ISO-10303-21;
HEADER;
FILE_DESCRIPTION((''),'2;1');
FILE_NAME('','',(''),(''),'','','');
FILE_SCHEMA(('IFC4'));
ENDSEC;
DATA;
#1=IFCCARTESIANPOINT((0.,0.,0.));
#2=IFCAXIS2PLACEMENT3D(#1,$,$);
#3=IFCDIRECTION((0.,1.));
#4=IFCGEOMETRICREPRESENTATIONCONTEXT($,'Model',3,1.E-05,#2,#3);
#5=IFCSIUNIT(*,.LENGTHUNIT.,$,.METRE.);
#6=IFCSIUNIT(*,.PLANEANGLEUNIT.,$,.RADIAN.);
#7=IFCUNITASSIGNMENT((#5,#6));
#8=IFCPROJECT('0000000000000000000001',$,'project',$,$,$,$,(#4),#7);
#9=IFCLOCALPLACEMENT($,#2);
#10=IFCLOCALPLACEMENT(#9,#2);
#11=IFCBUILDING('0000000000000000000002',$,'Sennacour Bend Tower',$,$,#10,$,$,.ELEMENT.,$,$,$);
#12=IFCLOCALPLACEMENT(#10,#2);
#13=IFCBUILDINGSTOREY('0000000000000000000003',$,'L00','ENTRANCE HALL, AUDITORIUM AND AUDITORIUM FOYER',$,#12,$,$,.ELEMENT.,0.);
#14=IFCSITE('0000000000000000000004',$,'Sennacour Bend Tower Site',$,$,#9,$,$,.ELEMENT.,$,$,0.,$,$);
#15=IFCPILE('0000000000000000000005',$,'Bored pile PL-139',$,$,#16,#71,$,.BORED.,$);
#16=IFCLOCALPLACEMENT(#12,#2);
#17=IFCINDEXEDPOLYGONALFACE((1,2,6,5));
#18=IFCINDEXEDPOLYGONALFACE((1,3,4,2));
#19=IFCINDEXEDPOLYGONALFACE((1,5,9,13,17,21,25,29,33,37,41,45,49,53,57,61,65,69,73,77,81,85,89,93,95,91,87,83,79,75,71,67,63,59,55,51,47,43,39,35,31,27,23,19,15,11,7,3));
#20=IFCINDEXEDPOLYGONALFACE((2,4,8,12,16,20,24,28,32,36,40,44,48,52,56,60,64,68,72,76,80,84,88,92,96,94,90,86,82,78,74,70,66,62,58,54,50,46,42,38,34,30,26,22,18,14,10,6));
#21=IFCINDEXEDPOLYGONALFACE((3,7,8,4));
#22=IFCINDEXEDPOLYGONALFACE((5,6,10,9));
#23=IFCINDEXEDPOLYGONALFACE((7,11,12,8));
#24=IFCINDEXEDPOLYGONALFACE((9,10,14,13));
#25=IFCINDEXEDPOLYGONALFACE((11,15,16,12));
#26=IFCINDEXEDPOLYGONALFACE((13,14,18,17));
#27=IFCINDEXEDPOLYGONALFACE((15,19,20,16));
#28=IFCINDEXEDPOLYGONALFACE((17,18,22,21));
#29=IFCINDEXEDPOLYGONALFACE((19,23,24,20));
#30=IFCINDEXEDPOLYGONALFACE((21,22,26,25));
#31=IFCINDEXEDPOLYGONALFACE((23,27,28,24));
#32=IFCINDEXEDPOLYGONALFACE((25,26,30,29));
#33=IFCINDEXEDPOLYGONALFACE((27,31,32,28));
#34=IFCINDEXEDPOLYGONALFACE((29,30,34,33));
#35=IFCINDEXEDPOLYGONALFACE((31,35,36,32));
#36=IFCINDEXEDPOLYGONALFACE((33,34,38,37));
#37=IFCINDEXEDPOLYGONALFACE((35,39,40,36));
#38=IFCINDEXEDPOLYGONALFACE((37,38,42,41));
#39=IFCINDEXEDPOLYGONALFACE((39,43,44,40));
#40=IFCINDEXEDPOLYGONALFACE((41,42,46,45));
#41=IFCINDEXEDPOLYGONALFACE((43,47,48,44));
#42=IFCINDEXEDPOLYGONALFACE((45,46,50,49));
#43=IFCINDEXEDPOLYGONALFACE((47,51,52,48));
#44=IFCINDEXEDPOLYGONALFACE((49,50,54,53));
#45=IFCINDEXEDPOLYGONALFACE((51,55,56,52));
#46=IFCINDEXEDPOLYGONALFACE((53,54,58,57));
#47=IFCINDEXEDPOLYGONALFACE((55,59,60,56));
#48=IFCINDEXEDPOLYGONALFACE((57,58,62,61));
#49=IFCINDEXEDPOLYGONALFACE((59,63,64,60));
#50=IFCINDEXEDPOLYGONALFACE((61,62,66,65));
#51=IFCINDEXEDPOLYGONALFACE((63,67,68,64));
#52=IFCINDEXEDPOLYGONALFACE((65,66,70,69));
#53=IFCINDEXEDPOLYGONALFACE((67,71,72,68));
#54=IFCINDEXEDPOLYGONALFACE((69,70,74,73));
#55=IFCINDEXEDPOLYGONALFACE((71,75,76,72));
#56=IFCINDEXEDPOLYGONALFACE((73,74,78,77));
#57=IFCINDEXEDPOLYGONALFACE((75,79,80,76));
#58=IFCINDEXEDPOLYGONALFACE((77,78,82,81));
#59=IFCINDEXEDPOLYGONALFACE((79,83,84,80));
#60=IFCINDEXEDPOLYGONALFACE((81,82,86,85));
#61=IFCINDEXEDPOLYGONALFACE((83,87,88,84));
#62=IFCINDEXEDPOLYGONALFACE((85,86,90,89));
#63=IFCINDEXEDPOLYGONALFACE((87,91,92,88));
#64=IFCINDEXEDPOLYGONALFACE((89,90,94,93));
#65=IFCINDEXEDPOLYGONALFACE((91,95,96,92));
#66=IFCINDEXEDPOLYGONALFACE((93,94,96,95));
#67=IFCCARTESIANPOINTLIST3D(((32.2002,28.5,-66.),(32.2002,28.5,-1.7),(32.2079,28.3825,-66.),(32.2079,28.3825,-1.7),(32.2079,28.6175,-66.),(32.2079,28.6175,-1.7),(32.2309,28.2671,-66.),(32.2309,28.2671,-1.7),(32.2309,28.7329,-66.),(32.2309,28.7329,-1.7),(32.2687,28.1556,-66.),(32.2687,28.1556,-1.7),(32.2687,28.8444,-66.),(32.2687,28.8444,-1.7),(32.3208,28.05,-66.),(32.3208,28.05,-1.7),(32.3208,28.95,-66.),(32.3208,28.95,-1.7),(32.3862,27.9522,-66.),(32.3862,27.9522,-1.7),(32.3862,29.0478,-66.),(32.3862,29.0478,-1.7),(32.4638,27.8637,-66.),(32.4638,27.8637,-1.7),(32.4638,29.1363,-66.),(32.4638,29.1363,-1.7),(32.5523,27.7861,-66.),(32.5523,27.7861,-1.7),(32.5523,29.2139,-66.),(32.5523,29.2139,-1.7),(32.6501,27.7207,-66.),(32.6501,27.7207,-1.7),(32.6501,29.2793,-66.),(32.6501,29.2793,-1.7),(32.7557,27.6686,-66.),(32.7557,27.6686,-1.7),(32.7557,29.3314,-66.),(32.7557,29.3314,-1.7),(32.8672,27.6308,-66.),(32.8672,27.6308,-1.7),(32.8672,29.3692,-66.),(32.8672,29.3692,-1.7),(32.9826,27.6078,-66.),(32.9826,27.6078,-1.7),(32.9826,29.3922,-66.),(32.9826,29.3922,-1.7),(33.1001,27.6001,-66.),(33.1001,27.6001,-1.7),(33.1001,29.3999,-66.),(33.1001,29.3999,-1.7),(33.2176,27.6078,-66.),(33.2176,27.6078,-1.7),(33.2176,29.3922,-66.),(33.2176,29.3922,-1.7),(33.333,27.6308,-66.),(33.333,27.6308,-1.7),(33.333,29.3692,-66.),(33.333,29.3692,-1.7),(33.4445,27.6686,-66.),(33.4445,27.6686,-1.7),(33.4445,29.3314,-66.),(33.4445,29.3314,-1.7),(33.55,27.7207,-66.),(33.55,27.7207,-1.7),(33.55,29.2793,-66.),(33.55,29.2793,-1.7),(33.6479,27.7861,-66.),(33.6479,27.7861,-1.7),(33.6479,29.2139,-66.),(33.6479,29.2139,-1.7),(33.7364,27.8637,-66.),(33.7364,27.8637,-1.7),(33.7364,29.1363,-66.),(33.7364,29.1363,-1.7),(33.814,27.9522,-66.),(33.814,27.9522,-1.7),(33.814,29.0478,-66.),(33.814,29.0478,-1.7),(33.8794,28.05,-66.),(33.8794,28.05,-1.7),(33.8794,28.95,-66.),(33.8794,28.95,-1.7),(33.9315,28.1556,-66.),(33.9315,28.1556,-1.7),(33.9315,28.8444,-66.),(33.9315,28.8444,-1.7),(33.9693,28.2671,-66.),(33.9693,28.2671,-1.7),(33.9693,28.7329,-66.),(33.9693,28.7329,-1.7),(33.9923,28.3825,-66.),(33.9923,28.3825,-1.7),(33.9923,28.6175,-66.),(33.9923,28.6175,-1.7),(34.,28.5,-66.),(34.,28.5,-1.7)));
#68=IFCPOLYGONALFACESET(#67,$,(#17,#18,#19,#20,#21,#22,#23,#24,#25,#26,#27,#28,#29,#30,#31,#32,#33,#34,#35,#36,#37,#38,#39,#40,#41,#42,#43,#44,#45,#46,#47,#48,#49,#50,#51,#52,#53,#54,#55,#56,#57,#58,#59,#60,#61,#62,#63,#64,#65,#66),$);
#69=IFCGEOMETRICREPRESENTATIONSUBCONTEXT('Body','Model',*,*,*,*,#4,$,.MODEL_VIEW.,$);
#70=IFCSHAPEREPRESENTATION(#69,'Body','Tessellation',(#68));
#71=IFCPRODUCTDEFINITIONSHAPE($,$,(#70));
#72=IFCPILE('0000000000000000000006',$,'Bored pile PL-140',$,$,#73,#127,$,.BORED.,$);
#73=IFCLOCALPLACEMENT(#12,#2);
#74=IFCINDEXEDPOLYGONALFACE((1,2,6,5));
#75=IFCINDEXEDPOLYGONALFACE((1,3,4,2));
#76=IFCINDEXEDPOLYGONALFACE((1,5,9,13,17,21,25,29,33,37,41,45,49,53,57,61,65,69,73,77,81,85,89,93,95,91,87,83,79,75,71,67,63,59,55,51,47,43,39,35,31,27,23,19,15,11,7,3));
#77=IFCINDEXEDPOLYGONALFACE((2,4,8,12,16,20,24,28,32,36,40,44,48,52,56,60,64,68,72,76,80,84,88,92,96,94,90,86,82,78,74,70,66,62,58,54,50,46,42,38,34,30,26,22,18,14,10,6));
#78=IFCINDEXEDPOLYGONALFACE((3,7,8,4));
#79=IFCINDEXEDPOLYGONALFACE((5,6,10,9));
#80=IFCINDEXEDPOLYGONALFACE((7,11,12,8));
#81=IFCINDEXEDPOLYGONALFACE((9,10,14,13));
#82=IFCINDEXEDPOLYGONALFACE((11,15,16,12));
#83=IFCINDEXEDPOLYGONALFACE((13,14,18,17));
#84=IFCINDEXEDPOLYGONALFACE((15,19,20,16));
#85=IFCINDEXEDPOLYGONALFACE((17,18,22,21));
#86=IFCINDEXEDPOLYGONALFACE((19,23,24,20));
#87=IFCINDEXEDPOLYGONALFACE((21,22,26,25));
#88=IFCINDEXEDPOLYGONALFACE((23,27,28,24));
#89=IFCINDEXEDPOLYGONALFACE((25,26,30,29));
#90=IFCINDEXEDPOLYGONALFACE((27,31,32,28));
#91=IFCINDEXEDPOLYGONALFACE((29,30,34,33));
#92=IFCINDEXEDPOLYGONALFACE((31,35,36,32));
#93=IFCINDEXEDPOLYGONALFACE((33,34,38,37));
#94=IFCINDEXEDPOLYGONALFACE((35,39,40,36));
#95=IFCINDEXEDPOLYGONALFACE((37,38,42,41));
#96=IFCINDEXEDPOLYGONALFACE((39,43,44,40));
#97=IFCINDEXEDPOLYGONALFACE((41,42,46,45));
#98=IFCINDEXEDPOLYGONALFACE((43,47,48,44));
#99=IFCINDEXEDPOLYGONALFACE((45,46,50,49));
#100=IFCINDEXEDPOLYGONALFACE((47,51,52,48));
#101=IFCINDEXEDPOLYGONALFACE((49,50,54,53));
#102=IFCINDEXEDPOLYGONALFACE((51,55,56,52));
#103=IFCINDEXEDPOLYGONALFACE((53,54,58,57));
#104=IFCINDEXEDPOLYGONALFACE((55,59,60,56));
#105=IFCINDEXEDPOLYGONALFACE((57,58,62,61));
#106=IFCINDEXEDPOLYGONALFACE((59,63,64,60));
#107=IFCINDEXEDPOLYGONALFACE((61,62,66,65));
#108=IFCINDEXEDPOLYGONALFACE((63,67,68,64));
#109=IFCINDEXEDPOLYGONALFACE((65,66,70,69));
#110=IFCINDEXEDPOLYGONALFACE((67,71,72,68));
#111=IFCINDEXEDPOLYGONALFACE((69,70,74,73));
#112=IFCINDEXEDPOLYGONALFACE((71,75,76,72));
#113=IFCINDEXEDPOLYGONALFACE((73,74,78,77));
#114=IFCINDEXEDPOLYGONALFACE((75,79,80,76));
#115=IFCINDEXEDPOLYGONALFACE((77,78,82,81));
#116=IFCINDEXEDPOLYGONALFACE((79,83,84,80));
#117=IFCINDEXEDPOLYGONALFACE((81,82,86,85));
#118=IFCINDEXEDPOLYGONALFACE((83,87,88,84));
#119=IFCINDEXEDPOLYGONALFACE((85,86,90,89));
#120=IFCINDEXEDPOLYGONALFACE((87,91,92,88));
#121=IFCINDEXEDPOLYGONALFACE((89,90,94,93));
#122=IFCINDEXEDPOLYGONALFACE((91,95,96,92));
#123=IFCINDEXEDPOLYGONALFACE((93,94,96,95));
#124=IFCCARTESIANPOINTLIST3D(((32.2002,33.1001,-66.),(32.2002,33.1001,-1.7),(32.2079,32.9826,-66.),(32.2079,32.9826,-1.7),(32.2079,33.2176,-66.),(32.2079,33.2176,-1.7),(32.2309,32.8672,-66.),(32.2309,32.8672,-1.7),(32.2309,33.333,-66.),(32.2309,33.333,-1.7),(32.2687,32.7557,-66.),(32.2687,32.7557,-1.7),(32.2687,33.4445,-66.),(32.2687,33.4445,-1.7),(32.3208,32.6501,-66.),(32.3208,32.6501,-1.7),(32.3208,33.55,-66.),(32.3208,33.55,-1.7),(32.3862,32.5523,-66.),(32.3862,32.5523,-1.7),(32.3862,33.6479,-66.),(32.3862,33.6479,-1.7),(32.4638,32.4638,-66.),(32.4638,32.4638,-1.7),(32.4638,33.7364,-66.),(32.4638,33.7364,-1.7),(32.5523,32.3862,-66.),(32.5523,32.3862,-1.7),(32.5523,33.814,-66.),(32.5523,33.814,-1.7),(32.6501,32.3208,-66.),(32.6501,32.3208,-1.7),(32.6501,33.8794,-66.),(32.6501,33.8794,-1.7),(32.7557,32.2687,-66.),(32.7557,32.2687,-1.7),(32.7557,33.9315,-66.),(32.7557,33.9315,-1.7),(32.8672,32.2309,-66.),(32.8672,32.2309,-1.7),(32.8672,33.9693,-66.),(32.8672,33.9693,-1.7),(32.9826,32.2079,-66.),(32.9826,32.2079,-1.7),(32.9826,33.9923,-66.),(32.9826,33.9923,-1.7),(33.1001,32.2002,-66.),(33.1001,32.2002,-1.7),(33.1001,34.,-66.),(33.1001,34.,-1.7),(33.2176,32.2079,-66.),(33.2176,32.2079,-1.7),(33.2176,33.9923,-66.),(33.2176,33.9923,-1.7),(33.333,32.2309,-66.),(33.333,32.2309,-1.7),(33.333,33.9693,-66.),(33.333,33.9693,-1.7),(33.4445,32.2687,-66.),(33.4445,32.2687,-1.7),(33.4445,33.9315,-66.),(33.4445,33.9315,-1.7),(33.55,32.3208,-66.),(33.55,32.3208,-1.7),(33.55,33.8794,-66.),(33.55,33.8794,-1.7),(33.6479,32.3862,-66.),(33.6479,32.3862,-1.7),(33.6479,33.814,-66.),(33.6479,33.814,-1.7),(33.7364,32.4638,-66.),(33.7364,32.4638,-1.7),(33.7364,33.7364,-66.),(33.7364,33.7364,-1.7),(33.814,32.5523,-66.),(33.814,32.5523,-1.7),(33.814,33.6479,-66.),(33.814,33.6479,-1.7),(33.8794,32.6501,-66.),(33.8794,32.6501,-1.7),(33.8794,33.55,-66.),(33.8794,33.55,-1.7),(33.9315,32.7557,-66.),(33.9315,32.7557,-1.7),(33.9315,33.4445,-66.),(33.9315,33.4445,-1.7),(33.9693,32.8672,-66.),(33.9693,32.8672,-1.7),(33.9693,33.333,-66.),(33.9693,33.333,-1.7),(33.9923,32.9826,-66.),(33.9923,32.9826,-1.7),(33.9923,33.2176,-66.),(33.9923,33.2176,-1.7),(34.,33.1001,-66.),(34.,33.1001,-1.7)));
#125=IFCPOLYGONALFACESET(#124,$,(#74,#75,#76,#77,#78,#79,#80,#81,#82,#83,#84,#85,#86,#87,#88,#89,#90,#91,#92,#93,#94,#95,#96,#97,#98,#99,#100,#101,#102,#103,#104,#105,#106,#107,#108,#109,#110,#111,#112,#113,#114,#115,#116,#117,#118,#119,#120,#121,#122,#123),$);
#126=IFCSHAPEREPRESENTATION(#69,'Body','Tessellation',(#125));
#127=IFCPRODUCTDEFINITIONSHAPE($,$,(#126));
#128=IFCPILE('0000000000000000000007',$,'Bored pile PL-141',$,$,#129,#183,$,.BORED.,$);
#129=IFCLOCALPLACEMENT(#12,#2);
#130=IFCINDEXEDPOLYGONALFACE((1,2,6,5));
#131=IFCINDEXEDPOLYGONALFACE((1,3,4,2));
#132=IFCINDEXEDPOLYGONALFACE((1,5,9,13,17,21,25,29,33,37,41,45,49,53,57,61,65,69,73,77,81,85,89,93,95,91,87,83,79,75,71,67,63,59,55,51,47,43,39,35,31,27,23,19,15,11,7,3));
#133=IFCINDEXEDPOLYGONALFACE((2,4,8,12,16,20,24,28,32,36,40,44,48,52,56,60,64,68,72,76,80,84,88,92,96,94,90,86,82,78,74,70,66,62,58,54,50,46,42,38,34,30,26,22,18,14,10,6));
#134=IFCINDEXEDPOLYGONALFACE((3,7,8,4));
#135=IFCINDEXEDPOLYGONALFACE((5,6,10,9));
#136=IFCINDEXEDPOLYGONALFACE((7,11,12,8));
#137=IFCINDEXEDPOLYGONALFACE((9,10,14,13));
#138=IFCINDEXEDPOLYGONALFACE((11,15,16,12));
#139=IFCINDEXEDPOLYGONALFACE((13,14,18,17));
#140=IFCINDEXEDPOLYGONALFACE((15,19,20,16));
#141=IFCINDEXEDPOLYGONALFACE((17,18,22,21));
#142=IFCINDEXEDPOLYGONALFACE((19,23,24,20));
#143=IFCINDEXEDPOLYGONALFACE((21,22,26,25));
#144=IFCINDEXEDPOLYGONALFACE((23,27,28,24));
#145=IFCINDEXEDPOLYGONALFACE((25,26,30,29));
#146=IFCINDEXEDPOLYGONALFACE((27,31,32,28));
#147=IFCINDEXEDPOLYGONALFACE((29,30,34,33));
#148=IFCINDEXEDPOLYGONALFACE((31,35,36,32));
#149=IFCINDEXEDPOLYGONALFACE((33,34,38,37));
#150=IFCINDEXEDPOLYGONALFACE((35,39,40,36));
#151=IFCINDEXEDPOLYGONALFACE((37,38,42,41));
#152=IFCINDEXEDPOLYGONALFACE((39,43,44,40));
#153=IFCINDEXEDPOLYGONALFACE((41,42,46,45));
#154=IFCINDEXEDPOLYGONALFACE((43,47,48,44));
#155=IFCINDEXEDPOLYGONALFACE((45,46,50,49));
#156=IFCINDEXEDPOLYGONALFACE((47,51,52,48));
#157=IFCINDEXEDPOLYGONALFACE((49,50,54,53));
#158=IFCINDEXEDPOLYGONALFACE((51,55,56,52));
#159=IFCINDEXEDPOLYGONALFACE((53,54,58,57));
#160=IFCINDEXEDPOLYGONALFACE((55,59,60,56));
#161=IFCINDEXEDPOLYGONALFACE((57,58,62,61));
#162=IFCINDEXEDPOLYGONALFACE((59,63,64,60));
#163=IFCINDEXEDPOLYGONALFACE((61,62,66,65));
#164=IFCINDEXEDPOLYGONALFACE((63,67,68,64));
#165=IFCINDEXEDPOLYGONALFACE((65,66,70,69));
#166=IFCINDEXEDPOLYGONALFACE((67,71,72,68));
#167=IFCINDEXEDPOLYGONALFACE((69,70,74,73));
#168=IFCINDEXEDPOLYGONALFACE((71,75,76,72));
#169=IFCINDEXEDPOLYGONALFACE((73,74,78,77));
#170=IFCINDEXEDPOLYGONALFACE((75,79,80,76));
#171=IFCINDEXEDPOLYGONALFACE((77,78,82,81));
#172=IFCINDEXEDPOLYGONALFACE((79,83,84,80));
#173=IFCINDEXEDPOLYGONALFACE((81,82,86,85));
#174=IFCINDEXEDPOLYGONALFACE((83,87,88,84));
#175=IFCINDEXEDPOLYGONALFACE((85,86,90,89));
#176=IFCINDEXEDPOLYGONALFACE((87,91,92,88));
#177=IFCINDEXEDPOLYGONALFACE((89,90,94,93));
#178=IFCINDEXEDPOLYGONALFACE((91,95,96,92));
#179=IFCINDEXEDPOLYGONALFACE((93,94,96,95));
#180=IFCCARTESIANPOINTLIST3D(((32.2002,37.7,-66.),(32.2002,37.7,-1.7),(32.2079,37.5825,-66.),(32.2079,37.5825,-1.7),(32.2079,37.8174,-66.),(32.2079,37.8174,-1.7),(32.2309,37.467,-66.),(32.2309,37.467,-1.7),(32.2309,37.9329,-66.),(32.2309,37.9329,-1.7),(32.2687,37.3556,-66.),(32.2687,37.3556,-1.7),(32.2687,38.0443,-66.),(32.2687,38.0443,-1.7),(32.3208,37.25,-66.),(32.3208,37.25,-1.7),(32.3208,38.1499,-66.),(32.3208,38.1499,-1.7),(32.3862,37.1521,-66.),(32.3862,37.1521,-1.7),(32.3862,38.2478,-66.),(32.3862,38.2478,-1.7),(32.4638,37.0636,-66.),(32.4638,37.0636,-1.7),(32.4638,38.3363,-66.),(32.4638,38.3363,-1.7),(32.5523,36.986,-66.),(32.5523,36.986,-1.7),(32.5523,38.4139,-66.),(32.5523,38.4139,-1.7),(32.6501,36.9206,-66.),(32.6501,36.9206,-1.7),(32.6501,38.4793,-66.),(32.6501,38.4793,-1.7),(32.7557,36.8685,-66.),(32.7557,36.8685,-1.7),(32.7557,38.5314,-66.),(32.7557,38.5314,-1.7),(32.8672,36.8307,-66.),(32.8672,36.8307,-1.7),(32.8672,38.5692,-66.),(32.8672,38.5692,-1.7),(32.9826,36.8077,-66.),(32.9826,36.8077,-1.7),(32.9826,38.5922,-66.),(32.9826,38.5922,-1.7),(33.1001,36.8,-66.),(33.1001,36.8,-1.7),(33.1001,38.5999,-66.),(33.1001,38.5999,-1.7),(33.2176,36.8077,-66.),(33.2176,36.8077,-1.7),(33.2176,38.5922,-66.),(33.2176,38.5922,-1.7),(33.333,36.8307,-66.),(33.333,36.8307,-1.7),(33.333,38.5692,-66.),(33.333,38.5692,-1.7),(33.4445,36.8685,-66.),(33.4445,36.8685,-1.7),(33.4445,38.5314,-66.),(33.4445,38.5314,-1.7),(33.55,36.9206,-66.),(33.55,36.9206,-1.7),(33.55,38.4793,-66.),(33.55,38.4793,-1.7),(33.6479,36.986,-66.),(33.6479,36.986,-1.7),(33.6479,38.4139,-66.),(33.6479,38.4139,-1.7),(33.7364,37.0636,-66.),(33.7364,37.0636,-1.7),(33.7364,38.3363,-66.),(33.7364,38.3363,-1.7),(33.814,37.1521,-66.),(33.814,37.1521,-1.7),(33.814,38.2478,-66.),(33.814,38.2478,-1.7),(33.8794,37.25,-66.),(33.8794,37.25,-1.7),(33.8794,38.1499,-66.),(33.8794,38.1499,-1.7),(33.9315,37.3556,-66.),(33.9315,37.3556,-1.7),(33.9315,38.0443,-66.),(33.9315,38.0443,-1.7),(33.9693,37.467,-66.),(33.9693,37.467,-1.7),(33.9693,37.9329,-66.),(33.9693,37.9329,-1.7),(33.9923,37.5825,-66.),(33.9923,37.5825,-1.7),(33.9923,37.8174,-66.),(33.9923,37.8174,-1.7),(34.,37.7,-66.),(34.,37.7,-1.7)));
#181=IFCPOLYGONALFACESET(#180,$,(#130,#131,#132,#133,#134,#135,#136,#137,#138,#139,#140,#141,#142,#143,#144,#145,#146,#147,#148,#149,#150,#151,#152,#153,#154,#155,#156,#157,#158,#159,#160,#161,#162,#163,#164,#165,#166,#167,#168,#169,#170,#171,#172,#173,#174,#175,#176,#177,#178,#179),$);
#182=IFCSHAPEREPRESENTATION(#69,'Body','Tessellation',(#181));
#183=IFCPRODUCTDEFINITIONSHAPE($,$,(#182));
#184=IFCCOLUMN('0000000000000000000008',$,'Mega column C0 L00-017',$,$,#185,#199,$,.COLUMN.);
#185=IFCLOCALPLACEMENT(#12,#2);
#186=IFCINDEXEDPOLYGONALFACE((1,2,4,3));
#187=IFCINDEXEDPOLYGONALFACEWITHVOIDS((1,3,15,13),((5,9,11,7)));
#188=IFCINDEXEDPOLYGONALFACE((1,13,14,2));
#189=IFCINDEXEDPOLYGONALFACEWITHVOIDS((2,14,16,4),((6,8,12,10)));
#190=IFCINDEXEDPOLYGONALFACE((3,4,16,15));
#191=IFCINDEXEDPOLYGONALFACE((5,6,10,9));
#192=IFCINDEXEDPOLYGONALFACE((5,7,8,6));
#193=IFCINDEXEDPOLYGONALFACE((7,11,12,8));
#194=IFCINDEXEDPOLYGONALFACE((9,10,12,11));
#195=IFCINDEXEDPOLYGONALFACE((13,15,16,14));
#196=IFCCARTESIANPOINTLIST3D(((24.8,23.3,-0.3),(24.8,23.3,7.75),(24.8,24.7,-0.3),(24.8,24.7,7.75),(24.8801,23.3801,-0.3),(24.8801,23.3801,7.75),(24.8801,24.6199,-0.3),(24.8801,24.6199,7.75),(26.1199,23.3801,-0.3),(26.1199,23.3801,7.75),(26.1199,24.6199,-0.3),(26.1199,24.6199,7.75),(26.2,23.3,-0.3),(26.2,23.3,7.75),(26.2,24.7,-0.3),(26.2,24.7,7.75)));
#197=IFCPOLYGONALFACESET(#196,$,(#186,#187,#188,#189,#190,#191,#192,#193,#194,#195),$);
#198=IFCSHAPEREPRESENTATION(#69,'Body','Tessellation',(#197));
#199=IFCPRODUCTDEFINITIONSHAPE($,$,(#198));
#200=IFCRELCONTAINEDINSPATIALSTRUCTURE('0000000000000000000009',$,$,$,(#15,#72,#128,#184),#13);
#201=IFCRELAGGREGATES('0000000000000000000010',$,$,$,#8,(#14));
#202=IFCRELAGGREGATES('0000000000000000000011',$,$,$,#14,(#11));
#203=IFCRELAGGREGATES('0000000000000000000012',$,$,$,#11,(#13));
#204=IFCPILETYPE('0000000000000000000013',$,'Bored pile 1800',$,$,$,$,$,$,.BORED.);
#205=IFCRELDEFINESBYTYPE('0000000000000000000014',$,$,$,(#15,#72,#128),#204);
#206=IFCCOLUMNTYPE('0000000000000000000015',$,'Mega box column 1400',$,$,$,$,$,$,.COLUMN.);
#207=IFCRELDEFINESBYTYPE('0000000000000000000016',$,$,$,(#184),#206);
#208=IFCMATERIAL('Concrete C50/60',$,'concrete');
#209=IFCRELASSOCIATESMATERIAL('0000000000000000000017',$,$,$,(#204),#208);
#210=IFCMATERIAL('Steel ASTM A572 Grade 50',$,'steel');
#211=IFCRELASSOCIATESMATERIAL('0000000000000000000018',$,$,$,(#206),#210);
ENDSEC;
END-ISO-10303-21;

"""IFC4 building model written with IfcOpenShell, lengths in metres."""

from ifc_helpers import new_model, si_unit, direction, frame, origin, origin_2d, place, context, subcontext, project, spatial, hollow_rectangle, circle, extrude, material, material_profile, profile_set, type_object, element, save


model = new_model("IFC4")

# Units and contexts
model_context = context("Model", 3, precision=1e-05, world=origin(), true_north=direction((0.0, 1.0)))
body_context = subcontext(model_context, "Body", "Model", "MODEL_VIEW")
ifc_project = project(units=[si_unit("LENGTHUNIT", "METRE"), si_unit("PLANEANGLEUNIT", "RADIAN")], contexts=[model_context])

# Site, building, storey
site_placement = place(None, origin())
site = spatial("IfcSite", under=ifc_project, at=site_placement, Name="Sennacour Bend Tower Site", CompositionType="ELEMENT", RefElevation=0.0)
building_placement = place(site_placement, origin())
building = spatial("IfcBuilding", under=site, at=building_placement, Name="Sennacour Bend Tower", CompositionType="ELEMENT")
storey_placement = place(building_placement, origin())
storey = spatial("IfcBuildingStorey", under=building, at=storey_placement, Name="L00", Description="ENTRANCE HALL, AUDITORIUM AND AUDITORIUM FOYER", CompositionType="ELEMENT", Elevation=0.0)

# Piles
ifc_material_1 = material(Name="Concrete C50/60", Category="concrete")
ifc_material_profile_1 = material_profile(ifc_material_1, circle(Radius=0.8999, at=origin_2d()), Name="Concrete C50/60", Category="concrete")
ifc_profile_set_1 = profile_set([ifc_material_profile_1], Name="Concrete C50/60")
pile_type = type_object("IfcPileType", Name="Bored pile 1800", PredefinedType="BORED", material=ifc_profile_set_1)
for number, where, z_axis, x_axis, name in (
    (1, (33.1001, 28.5, -1.7), (0.0, 0.0, -1.0), (1.0, 0.0, 0.0), "Bored pile PL-139"),
    (2, (33.1001, 33.1001, -1.7), (0.0, 0.0, -1.0), (1.0, 0.0, 0.0), "Bored pile PL-140"),
    (3, (33.1001, 37.7, -1.7), (0.0, 0.0, -1.0), (1.0, 0.0, 0.0), "Bored pile PL-141"),
):
    element("IfcPile", number, at=place(storey_placement, frame(where, z_axis=z_axis, x_axis=x_axis)), inside=storey, type_object=pile_type, Name=name, PredefinedType="BORED", context=body_context, shape_type="SweptSolid", body=[
        extrude(circle(Radius=0.8999, at=origin_2d()), origin(), (0.0, 0.0, 1.0), 64.3),
    ])

# Column
ifc_material_2 = material(Name="Steel ASTM A572 Grade 50", Category="steel")
ifc_material_profile_2 = material_profile(ifc_material_2, hollow_rectangle(XDim=1.3999, YDim=1.3999, WallThickness=0.0801, at=origin_2d()), Name="Steel ASTM A572 Grade 50", Category="steel")
ifc_profile_set_2 = profile_set([ifc_material_profile_2], Name="Steel ASTM A572 Grade 50")
column_type = type_object("IfcColumnType", Name="Mega box column 1400", PredefinedType="COLUMN", material=ifc_profile_set_2)
for number, where, z_axis, x_axis, name in (
    (4, (25.5, 24.0, -0.3), (0.0, 0.0, 1.0), (1.0, 0.0, 0.0), "Mega column C0 L00-017"),
):
    element("IfcColumn", number, at=place(storey_placement, frame(where, z_axis=z_axis, x_axis=x_axis)), inside=storey, type_object=column_type, Name=name, PredefinedType="COLUMN", context=body_context, shape_type="SweptSolid", body=[
        extrude(hollow_rectangle(XDim=1.3999, YDim=1.3999, WallThickness=0.0801, at=origin_2d()), origin(), (0.0, 0.0, 1.0), 8.05),
    ])

save(model, "model.ifc")
